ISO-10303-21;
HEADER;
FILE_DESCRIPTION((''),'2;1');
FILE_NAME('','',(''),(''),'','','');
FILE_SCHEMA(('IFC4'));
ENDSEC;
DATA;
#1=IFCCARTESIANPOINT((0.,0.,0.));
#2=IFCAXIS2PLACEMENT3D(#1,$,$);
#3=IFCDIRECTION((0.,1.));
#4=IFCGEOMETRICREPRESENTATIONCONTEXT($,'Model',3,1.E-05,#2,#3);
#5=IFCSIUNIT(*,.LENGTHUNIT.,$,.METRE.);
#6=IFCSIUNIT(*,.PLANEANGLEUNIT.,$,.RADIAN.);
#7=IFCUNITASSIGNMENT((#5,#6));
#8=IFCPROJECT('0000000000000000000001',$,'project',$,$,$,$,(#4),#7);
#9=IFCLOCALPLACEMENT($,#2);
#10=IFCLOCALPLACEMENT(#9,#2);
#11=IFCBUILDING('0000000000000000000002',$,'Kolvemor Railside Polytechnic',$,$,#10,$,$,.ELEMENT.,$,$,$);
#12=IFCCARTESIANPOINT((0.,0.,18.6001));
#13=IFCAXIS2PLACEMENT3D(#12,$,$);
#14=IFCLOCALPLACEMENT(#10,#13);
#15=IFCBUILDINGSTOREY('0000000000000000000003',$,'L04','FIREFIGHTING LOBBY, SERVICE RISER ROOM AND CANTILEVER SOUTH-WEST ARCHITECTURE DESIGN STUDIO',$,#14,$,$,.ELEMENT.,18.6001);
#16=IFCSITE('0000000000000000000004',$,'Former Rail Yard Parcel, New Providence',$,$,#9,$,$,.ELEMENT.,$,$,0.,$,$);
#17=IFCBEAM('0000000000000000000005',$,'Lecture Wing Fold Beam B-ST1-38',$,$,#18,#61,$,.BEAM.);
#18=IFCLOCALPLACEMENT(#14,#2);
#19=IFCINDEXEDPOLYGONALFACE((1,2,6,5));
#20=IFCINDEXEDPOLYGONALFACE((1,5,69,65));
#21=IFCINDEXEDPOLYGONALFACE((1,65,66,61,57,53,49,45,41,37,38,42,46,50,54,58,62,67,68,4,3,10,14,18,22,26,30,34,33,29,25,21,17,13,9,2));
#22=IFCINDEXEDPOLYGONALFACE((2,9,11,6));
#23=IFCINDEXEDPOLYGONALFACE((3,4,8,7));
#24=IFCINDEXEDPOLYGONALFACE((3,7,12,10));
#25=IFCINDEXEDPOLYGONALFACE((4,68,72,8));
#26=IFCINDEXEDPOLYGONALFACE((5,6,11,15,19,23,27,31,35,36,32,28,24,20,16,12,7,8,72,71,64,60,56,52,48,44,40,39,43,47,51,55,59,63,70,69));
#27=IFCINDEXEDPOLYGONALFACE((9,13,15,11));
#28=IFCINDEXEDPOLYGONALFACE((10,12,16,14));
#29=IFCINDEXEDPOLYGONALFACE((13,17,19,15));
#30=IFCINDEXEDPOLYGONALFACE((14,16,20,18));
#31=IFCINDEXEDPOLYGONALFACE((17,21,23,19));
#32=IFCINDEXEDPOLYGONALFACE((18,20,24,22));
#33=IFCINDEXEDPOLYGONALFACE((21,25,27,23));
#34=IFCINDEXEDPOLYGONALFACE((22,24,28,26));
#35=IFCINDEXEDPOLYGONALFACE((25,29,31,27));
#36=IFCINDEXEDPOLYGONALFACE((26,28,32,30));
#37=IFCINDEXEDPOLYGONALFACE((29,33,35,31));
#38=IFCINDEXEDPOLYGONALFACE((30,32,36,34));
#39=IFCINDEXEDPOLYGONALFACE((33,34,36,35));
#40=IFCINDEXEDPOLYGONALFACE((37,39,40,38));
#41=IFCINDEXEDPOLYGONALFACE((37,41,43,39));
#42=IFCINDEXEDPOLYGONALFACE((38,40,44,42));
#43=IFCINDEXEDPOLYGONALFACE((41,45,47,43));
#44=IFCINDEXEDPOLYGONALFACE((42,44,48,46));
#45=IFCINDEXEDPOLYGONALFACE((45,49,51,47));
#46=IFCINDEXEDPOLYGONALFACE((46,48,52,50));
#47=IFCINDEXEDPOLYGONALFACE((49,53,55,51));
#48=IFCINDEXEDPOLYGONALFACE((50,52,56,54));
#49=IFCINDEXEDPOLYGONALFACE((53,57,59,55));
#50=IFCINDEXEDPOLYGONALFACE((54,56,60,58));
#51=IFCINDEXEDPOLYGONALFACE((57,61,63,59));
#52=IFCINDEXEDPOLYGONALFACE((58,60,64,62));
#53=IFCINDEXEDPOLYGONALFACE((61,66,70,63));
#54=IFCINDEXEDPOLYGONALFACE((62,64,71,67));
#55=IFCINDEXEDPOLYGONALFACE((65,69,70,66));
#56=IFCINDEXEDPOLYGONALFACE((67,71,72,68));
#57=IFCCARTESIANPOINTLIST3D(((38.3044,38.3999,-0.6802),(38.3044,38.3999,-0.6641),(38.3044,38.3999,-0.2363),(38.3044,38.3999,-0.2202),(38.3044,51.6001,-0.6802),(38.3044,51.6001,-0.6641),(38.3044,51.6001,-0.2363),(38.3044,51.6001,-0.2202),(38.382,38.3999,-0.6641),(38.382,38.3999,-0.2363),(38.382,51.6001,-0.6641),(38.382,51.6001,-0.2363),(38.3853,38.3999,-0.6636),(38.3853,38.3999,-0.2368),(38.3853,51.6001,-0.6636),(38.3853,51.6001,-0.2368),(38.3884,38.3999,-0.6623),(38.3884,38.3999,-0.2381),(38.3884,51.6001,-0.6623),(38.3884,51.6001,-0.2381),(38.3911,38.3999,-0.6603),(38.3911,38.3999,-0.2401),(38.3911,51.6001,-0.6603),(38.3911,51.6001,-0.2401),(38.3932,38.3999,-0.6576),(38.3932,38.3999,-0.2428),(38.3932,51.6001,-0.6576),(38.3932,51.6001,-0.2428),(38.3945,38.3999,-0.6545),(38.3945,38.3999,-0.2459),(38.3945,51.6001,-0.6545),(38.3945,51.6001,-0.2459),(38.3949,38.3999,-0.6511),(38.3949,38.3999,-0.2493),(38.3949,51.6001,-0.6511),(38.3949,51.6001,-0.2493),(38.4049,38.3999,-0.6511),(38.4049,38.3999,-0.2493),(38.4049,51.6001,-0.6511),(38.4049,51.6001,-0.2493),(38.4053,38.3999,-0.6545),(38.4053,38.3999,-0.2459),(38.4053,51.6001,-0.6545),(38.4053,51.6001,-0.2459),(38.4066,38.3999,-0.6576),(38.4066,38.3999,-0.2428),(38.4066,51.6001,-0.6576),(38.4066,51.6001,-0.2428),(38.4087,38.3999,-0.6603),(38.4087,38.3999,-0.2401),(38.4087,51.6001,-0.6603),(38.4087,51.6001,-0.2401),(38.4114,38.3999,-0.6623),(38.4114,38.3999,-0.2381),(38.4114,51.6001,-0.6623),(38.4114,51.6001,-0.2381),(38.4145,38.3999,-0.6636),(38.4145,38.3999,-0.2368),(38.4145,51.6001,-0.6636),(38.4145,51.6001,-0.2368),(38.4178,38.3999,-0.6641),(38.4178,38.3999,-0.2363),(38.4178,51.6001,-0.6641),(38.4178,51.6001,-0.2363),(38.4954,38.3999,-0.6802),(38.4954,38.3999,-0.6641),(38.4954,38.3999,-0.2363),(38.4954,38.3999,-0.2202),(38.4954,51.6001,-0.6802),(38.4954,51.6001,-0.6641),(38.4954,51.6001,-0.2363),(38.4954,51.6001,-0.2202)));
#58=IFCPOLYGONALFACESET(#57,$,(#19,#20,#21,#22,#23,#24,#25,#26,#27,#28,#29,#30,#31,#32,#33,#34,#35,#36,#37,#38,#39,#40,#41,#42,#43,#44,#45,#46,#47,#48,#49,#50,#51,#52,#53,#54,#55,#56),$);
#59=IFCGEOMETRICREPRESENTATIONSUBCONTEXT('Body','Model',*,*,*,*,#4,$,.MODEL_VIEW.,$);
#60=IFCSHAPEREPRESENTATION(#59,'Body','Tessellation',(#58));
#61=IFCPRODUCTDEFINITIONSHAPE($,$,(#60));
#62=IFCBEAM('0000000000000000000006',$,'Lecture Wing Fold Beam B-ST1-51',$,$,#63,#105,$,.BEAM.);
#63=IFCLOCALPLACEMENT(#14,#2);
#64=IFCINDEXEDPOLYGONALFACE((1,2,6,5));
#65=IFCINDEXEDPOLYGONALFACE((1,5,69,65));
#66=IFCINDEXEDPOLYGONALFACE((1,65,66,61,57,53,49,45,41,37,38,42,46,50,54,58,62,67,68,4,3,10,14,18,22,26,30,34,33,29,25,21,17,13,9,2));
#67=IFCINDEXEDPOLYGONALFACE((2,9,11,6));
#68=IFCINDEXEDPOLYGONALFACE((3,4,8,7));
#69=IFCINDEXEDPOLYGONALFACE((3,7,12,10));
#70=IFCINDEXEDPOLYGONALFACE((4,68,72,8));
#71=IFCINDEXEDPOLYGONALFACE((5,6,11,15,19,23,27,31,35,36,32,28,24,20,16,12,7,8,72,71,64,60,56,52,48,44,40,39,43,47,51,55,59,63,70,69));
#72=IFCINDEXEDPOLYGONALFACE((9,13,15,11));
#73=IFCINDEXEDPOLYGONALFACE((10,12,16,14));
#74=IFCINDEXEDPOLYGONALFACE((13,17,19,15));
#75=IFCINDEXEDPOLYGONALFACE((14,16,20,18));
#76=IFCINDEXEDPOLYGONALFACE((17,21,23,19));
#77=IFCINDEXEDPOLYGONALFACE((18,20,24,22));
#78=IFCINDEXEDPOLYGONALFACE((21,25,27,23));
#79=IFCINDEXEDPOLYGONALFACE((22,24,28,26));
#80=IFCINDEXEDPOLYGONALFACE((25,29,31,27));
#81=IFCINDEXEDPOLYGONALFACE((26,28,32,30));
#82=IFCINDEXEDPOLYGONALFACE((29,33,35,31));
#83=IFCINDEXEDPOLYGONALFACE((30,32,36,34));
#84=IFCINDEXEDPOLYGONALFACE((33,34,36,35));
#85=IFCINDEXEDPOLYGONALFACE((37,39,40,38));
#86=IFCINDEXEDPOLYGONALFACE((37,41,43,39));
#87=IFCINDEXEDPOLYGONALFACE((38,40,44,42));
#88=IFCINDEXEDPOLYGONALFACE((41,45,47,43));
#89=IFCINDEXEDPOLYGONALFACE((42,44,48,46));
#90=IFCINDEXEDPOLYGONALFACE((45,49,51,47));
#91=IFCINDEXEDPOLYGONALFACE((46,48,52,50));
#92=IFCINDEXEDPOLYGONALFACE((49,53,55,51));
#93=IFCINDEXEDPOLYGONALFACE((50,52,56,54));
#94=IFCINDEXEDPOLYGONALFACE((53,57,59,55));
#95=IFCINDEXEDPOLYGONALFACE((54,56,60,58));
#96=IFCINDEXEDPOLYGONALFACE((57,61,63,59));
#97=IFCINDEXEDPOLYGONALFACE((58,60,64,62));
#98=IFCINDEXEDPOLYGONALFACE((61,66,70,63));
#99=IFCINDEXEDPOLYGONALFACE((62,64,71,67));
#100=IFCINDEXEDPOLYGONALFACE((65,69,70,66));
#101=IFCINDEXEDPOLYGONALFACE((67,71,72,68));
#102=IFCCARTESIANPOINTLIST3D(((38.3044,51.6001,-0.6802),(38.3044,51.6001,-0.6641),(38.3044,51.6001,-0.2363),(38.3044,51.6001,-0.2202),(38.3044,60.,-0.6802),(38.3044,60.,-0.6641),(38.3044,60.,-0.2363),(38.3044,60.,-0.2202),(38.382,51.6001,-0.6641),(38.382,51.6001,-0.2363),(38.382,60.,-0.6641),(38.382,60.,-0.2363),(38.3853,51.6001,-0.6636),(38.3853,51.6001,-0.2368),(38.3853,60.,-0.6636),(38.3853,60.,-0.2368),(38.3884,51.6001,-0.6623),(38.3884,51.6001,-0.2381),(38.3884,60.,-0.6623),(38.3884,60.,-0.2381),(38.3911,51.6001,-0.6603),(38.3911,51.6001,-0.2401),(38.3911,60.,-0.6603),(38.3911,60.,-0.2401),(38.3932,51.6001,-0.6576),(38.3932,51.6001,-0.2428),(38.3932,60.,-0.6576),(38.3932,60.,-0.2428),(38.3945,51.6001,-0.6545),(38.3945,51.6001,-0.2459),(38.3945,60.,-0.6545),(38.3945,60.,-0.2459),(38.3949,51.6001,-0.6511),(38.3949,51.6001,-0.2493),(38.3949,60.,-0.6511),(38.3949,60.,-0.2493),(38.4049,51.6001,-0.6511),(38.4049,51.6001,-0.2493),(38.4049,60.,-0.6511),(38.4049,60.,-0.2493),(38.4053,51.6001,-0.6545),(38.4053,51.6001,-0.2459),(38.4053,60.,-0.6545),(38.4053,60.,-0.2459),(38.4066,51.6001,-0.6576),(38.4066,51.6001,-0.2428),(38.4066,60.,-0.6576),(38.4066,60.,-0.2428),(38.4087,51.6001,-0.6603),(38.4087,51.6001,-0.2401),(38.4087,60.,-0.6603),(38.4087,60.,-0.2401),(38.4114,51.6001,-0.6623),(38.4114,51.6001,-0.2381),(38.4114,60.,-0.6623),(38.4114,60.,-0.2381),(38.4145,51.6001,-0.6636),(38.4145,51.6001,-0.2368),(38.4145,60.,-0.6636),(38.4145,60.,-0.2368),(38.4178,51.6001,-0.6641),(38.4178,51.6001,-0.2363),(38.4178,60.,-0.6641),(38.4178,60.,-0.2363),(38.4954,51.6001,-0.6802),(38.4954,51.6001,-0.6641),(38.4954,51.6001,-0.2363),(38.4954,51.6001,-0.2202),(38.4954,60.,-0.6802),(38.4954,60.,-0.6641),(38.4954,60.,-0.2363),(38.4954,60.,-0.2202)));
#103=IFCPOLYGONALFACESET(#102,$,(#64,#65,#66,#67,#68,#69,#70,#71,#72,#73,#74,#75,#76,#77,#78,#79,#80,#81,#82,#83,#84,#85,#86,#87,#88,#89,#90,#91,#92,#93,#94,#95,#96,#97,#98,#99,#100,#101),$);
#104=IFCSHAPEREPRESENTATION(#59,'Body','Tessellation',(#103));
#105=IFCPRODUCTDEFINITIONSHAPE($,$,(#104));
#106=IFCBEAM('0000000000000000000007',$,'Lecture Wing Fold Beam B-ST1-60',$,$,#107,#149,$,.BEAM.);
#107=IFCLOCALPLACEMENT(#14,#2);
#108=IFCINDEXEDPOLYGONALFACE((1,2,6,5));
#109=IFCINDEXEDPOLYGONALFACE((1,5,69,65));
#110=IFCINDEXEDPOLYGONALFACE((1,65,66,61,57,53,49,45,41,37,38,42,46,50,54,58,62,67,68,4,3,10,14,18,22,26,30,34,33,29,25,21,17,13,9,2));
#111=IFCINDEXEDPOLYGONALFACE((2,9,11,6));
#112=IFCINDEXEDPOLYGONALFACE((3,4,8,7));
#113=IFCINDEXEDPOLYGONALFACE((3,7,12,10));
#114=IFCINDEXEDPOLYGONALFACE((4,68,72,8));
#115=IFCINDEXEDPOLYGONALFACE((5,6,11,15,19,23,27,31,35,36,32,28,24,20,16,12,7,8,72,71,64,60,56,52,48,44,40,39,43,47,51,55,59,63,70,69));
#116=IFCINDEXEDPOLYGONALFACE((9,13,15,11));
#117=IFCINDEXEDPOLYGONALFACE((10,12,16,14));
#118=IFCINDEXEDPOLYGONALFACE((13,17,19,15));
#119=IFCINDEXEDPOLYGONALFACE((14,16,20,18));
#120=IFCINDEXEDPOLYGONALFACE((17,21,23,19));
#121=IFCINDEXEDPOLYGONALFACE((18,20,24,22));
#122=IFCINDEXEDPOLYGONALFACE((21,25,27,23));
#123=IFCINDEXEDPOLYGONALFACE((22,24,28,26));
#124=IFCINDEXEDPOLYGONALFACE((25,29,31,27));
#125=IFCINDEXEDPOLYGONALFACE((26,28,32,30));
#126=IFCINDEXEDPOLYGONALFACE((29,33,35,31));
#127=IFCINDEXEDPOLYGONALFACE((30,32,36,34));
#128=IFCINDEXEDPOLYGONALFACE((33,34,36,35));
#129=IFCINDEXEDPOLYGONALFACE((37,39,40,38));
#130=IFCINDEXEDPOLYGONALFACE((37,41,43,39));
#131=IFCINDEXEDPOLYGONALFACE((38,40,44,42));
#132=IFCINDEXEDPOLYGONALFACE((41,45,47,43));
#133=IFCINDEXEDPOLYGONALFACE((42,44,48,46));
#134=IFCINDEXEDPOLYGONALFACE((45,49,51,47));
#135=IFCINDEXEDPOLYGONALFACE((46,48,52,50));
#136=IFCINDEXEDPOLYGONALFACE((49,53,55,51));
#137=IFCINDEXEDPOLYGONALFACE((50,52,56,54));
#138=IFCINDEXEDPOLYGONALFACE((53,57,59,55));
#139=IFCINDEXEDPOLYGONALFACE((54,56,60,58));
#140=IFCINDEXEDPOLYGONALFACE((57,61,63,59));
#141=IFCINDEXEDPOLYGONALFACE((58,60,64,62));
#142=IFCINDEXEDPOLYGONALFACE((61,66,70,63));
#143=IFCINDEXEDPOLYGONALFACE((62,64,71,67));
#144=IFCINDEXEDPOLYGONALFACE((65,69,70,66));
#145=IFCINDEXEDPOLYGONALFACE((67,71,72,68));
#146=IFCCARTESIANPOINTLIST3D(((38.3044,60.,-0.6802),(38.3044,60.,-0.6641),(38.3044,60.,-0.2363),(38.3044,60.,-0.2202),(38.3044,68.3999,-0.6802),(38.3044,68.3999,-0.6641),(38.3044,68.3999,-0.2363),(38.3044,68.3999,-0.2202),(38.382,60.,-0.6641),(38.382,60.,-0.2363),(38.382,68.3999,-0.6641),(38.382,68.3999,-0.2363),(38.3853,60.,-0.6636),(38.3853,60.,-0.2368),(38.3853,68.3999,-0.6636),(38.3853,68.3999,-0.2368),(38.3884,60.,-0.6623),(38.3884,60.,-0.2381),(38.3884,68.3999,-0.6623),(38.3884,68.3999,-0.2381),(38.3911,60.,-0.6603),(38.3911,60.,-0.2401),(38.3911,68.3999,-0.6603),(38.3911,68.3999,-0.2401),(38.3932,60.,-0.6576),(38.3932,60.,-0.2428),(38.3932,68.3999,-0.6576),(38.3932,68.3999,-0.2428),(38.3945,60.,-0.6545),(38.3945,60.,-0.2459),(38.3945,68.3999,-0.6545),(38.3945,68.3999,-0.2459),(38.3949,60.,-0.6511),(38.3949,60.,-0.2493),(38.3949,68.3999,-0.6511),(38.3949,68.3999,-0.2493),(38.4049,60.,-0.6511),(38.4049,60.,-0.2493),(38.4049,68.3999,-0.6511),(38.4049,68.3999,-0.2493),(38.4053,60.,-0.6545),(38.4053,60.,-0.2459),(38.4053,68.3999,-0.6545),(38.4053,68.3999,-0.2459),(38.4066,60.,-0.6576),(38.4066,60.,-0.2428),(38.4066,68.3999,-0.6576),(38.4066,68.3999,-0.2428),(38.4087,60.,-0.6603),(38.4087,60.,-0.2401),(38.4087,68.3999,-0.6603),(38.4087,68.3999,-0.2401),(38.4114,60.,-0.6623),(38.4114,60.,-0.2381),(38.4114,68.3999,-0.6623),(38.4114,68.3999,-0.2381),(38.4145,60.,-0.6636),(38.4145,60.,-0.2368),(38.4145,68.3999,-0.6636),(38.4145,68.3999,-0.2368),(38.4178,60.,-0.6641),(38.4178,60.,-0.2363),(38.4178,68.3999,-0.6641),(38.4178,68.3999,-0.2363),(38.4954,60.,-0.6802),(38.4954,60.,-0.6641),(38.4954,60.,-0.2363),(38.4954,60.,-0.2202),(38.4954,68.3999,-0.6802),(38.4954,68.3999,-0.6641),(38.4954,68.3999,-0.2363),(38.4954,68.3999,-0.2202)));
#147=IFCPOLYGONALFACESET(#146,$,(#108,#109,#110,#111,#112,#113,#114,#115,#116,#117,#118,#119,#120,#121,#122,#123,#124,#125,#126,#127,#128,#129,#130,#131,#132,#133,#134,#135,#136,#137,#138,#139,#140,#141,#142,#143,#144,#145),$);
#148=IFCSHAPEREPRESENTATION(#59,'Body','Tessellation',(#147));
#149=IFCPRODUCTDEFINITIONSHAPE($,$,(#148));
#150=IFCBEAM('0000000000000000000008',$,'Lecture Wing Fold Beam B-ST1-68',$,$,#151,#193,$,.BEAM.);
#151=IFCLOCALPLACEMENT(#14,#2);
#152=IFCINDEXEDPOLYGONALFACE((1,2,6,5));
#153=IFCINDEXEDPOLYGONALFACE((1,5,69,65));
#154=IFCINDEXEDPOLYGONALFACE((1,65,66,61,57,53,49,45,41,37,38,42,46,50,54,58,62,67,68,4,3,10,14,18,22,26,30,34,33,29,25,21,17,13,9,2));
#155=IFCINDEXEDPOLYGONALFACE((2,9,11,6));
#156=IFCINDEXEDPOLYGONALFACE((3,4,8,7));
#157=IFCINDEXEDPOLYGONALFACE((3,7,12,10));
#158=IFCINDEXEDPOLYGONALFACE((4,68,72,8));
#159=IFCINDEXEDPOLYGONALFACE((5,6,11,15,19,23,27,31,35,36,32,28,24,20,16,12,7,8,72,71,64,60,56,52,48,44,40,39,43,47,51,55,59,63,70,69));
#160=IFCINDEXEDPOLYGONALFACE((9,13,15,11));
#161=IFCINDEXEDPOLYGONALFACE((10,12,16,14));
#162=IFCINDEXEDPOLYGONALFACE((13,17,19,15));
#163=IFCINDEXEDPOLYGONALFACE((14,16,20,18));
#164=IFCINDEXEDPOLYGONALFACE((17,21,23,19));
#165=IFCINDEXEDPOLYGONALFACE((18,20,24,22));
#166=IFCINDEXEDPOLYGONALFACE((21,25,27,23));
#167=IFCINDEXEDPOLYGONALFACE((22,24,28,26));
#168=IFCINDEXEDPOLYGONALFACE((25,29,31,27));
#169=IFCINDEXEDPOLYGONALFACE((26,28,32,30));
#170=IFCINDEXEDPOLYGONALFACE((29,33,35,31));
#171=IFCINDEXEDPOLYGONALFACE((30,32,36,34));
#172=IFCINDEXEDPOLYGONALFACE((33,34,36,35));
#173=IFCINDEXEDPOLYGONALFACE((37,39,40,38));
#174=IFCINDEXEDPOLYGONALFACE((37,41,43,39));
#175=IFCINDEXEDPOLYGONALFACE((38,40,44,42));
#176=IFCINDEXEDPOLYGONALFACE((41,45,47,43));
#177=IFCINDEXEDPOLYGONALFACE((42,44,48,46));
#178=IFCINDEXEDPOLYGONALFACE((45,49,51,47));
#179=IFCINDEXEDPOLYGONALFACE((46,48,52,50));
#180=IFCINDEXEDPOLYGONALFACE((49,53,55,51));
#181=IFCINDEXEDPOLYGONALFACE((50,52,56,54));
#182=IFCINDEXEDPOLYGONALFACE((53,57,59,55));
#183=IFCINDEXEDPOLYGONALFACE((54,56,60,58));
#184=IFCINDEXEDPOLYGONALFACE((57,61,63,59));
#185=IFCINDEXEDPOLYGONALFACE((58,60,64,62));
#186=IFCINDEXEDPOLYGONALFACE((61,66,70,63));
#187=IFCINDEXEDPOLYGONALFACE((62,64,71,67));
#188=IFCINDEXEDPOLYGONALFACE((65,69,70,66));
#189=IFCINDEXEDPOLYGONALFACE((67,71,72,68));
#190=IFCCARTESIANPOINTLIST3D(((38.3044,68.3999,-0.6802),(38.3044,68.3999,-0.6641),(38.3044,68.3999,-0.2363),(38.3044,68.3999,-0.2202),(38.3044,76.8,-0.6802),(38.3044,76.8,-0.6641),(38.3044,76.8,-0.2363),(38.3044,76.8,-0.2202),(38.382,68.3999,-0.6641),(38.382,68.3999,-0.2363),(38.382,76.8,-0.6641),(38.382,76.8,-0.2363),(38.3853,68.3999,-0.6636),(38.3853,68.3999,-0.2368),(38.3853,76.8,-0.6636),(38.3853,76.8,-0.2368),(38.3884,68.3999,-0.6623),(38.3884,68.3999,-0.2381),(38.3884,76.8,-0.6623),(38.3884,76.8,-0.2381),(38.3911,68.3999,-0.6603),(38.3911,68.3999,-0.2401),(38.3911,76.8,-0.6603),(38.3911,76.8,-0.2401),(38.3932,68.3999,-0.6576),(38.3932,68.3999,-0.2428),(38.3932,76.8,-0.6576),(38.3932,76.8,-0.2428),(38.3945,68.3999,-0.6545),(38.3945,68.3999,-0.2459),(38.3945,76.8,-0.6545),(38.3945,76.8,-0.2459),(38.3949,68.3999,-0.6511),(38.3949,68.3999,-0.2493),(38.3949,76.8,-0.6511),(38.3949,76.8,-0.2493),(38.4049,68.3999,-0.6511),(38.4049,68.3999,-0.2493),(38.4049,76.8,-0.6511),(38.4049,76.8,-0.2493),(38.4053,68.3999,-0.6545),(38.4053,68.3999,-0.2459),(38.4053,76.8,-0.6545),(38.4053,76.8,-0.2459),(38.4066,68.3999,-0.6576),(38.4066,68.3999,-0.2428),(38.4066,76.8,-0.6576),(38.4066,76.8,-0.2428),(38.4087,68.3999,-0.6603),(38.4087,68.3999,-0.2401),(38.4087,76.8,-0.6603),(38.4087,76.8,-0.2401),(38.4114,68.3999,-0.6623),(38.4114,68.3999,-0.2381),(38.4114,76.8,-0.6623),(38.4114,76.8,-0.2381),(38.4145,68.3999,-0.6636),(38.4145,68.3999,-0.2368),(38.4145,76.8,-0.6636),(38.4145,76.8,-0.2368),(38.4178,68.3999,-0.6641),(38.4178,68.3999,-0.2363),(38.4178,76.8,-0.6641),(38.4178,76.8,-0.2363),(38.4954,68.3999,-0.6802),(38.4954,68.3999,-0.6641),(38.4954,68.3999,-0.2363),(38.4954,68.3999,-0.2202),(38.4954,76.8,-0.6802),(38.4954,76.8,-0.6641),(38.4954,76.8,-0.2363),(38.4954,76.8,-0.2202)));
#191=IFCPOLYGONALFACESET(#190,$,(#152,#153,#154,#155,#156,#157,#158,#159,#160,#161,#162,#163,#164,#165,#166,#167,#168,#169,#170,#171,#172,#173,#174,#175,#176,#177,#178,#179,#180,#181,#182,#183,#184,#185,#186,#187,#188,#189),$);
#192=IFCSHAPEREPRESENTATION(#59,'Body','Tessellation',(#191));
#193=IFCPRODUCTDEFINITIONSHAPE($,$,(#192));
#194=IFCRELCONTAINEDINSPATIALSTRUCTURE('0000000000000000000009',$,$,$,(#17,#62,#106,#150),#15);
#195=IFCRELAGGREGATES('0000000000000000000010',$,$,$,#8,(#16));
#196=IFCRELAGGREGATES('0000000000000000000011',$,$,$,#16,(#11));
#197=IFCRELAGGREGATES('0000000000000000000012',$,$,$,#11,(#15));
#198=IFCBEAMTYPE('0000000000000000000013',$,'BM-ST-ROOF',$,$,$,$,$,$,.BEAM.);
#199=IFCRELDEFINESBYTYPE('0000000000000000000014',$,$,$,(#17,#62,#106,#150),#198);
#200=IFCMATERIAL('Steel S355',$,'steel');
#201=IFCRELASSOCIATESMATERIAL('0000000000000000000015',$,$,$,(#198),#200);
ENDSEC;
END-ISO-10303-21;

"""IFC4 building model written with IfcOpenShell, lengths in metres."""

from ifc_helpers import new_model, si_unit, direction, frame, origin, origin_2d, place, context, subcontext, project, spatial, i_section, extrude, material, material_profile, profile_set, type_object, element, save


model = new_model("IFC4")

# Units and contexts
model_context = context("Model", 3, precision=1e-05, world=origin(), true_north=direction((0.0, 1.0)))
body_context = subcontext(model_context, "Body", "Model", "MODEL_VIEW")
ifc_project = project(units=[si_unit("LENGTHUNIT", "METRE"), si_unit("PLANEANGLEUNIT", "RADIAN")], contexts=[model_context])

# Site, building, storey
site_placement = place(None, origin())
site = spatial("IfcSite", under=ifc_project, at=site_placement, Name="Former Rail Yard Parcel, New Providence", CompositionType="ELEMENT", RefElevation=0.0)
building_placement = place(site_placement, origin())
building = spatial("IfcBuilding", under=site, at=building_placement, Name="Kolvemor Railside Polytechnic", CompositionType="ELEMENT")
storey_placement = place(building_placement, frame((0.0, 0.0, 18.6001)))
storey = spatial("IfcBuildingStorey", under=building, at=storey_placement, Name="L04", Description="FIREFIGHTING LOBBY, SERVICE RISER ROOM AND CANTILEVER SOUTH-WEST ARCHITECTURE DESIGN STUDIO", CompositionType="ELEMENT", Elevation=18.6001)

# Beams
ifc_material_1 = material(Name="Steel S355", Category="steel")
ifc_material_profile_1 = material_profile(ifc_material_1, i_section(OverallWidth=0.1909, OverallDepth=0.46, WebThickness=0.01, FlangeThickness=0.0161, FilletRadius=0.0129, at=origin_2d()), Name="W460x82")
ifc_profile_set_1 = profile_set([ifc_material_profile_1], Name="Steel S355")
beam_type_1 = type_object("IfcBeamType", Name="BM-ST-ROOF", PredefinedType="BEAM", material=ifc_profile_set_1)
beam_1_placement = place(storey_placement, frame((38.3999, 38.3999, -0.4502), z_axis=(0.0, 1.0, 0.0), x_axis=(-1.0, 0.0, 0.0)))
element("IfcBeam", 1, at=beam_1_placement, inside=storey, type_object=beam_type_1, Name="Lecture Wing Fold Beam B-ST1-38", PredefinedType="BEAM", context=body_context, shape_type="SweptSolid", body=[
    extrude(i_section(OverallWidth=0.1909, OverallDepth=0.46, WebThickness=0.01, FlangeThickness=0.0161, FilletRadius=0.0129, at=origin_2d()), origin(), (0.0, 0.0, 1.0), 13.2002),
])
for number, where, z_axis, x_axis, name in (
    (2, (38.3999, 51.6001, -0.4502), (0.0, 1.0, 0.0), (-1.0, 0.0, 0.0), "Lecture Wing Fold Beam B-ST1-51"),
    (3, (38.3999, 60.0, -0.4502), (0.0, 1.0, 0.0), (-1.0, 0.0, 0.0), "Lecture Wing Fold Beam B-ST1-60"),
):
    element("IfcBeam", number, at=place(storey_placement, frame(where, z_axis=z_axis, x_axis=x_axis)), inside=storey, type_object=beam_type_1, Name=name, PredefinedType="BEAM", context=body_context, shape_type="SweptSolid", body=[
        extrude(i_section(OverallWidth=0.1909, OverallDepth=0.46, WebThickness=0.01, FlangeThickness=0.0161, FilletRadius=0.0129, at=origin_2d()), origin(), (0.0, 0.0, 1.0), 8.3999),
    ])
beam_2_placement = place(storey_placement, frame((38.3999, 68.3999, -0.4502), z_axis=(0.0, 1.0, 0.0), x_axis=(-1.0, 0.0, 0.0)))
element("IfcBeam", 4, at=beam_2_placement, inside=storey, type_object=beam_type_1, Name="Lecture Wing Fold Beam B-ST1-68", PredefinedType="BEAM", context=body_context, shape_type="SweptSolid", body=[
    extrude(i_section(OverallWidth=0.1909, OverallDepth=0.46, WebThickness=0.01, FlangeThickness=0.0161, FilletRadius=0.0129, at=origin_2d()), origin(), (0.0, 0.0, 1.0), 8.4001),
])

save(model, "model.ifc")
